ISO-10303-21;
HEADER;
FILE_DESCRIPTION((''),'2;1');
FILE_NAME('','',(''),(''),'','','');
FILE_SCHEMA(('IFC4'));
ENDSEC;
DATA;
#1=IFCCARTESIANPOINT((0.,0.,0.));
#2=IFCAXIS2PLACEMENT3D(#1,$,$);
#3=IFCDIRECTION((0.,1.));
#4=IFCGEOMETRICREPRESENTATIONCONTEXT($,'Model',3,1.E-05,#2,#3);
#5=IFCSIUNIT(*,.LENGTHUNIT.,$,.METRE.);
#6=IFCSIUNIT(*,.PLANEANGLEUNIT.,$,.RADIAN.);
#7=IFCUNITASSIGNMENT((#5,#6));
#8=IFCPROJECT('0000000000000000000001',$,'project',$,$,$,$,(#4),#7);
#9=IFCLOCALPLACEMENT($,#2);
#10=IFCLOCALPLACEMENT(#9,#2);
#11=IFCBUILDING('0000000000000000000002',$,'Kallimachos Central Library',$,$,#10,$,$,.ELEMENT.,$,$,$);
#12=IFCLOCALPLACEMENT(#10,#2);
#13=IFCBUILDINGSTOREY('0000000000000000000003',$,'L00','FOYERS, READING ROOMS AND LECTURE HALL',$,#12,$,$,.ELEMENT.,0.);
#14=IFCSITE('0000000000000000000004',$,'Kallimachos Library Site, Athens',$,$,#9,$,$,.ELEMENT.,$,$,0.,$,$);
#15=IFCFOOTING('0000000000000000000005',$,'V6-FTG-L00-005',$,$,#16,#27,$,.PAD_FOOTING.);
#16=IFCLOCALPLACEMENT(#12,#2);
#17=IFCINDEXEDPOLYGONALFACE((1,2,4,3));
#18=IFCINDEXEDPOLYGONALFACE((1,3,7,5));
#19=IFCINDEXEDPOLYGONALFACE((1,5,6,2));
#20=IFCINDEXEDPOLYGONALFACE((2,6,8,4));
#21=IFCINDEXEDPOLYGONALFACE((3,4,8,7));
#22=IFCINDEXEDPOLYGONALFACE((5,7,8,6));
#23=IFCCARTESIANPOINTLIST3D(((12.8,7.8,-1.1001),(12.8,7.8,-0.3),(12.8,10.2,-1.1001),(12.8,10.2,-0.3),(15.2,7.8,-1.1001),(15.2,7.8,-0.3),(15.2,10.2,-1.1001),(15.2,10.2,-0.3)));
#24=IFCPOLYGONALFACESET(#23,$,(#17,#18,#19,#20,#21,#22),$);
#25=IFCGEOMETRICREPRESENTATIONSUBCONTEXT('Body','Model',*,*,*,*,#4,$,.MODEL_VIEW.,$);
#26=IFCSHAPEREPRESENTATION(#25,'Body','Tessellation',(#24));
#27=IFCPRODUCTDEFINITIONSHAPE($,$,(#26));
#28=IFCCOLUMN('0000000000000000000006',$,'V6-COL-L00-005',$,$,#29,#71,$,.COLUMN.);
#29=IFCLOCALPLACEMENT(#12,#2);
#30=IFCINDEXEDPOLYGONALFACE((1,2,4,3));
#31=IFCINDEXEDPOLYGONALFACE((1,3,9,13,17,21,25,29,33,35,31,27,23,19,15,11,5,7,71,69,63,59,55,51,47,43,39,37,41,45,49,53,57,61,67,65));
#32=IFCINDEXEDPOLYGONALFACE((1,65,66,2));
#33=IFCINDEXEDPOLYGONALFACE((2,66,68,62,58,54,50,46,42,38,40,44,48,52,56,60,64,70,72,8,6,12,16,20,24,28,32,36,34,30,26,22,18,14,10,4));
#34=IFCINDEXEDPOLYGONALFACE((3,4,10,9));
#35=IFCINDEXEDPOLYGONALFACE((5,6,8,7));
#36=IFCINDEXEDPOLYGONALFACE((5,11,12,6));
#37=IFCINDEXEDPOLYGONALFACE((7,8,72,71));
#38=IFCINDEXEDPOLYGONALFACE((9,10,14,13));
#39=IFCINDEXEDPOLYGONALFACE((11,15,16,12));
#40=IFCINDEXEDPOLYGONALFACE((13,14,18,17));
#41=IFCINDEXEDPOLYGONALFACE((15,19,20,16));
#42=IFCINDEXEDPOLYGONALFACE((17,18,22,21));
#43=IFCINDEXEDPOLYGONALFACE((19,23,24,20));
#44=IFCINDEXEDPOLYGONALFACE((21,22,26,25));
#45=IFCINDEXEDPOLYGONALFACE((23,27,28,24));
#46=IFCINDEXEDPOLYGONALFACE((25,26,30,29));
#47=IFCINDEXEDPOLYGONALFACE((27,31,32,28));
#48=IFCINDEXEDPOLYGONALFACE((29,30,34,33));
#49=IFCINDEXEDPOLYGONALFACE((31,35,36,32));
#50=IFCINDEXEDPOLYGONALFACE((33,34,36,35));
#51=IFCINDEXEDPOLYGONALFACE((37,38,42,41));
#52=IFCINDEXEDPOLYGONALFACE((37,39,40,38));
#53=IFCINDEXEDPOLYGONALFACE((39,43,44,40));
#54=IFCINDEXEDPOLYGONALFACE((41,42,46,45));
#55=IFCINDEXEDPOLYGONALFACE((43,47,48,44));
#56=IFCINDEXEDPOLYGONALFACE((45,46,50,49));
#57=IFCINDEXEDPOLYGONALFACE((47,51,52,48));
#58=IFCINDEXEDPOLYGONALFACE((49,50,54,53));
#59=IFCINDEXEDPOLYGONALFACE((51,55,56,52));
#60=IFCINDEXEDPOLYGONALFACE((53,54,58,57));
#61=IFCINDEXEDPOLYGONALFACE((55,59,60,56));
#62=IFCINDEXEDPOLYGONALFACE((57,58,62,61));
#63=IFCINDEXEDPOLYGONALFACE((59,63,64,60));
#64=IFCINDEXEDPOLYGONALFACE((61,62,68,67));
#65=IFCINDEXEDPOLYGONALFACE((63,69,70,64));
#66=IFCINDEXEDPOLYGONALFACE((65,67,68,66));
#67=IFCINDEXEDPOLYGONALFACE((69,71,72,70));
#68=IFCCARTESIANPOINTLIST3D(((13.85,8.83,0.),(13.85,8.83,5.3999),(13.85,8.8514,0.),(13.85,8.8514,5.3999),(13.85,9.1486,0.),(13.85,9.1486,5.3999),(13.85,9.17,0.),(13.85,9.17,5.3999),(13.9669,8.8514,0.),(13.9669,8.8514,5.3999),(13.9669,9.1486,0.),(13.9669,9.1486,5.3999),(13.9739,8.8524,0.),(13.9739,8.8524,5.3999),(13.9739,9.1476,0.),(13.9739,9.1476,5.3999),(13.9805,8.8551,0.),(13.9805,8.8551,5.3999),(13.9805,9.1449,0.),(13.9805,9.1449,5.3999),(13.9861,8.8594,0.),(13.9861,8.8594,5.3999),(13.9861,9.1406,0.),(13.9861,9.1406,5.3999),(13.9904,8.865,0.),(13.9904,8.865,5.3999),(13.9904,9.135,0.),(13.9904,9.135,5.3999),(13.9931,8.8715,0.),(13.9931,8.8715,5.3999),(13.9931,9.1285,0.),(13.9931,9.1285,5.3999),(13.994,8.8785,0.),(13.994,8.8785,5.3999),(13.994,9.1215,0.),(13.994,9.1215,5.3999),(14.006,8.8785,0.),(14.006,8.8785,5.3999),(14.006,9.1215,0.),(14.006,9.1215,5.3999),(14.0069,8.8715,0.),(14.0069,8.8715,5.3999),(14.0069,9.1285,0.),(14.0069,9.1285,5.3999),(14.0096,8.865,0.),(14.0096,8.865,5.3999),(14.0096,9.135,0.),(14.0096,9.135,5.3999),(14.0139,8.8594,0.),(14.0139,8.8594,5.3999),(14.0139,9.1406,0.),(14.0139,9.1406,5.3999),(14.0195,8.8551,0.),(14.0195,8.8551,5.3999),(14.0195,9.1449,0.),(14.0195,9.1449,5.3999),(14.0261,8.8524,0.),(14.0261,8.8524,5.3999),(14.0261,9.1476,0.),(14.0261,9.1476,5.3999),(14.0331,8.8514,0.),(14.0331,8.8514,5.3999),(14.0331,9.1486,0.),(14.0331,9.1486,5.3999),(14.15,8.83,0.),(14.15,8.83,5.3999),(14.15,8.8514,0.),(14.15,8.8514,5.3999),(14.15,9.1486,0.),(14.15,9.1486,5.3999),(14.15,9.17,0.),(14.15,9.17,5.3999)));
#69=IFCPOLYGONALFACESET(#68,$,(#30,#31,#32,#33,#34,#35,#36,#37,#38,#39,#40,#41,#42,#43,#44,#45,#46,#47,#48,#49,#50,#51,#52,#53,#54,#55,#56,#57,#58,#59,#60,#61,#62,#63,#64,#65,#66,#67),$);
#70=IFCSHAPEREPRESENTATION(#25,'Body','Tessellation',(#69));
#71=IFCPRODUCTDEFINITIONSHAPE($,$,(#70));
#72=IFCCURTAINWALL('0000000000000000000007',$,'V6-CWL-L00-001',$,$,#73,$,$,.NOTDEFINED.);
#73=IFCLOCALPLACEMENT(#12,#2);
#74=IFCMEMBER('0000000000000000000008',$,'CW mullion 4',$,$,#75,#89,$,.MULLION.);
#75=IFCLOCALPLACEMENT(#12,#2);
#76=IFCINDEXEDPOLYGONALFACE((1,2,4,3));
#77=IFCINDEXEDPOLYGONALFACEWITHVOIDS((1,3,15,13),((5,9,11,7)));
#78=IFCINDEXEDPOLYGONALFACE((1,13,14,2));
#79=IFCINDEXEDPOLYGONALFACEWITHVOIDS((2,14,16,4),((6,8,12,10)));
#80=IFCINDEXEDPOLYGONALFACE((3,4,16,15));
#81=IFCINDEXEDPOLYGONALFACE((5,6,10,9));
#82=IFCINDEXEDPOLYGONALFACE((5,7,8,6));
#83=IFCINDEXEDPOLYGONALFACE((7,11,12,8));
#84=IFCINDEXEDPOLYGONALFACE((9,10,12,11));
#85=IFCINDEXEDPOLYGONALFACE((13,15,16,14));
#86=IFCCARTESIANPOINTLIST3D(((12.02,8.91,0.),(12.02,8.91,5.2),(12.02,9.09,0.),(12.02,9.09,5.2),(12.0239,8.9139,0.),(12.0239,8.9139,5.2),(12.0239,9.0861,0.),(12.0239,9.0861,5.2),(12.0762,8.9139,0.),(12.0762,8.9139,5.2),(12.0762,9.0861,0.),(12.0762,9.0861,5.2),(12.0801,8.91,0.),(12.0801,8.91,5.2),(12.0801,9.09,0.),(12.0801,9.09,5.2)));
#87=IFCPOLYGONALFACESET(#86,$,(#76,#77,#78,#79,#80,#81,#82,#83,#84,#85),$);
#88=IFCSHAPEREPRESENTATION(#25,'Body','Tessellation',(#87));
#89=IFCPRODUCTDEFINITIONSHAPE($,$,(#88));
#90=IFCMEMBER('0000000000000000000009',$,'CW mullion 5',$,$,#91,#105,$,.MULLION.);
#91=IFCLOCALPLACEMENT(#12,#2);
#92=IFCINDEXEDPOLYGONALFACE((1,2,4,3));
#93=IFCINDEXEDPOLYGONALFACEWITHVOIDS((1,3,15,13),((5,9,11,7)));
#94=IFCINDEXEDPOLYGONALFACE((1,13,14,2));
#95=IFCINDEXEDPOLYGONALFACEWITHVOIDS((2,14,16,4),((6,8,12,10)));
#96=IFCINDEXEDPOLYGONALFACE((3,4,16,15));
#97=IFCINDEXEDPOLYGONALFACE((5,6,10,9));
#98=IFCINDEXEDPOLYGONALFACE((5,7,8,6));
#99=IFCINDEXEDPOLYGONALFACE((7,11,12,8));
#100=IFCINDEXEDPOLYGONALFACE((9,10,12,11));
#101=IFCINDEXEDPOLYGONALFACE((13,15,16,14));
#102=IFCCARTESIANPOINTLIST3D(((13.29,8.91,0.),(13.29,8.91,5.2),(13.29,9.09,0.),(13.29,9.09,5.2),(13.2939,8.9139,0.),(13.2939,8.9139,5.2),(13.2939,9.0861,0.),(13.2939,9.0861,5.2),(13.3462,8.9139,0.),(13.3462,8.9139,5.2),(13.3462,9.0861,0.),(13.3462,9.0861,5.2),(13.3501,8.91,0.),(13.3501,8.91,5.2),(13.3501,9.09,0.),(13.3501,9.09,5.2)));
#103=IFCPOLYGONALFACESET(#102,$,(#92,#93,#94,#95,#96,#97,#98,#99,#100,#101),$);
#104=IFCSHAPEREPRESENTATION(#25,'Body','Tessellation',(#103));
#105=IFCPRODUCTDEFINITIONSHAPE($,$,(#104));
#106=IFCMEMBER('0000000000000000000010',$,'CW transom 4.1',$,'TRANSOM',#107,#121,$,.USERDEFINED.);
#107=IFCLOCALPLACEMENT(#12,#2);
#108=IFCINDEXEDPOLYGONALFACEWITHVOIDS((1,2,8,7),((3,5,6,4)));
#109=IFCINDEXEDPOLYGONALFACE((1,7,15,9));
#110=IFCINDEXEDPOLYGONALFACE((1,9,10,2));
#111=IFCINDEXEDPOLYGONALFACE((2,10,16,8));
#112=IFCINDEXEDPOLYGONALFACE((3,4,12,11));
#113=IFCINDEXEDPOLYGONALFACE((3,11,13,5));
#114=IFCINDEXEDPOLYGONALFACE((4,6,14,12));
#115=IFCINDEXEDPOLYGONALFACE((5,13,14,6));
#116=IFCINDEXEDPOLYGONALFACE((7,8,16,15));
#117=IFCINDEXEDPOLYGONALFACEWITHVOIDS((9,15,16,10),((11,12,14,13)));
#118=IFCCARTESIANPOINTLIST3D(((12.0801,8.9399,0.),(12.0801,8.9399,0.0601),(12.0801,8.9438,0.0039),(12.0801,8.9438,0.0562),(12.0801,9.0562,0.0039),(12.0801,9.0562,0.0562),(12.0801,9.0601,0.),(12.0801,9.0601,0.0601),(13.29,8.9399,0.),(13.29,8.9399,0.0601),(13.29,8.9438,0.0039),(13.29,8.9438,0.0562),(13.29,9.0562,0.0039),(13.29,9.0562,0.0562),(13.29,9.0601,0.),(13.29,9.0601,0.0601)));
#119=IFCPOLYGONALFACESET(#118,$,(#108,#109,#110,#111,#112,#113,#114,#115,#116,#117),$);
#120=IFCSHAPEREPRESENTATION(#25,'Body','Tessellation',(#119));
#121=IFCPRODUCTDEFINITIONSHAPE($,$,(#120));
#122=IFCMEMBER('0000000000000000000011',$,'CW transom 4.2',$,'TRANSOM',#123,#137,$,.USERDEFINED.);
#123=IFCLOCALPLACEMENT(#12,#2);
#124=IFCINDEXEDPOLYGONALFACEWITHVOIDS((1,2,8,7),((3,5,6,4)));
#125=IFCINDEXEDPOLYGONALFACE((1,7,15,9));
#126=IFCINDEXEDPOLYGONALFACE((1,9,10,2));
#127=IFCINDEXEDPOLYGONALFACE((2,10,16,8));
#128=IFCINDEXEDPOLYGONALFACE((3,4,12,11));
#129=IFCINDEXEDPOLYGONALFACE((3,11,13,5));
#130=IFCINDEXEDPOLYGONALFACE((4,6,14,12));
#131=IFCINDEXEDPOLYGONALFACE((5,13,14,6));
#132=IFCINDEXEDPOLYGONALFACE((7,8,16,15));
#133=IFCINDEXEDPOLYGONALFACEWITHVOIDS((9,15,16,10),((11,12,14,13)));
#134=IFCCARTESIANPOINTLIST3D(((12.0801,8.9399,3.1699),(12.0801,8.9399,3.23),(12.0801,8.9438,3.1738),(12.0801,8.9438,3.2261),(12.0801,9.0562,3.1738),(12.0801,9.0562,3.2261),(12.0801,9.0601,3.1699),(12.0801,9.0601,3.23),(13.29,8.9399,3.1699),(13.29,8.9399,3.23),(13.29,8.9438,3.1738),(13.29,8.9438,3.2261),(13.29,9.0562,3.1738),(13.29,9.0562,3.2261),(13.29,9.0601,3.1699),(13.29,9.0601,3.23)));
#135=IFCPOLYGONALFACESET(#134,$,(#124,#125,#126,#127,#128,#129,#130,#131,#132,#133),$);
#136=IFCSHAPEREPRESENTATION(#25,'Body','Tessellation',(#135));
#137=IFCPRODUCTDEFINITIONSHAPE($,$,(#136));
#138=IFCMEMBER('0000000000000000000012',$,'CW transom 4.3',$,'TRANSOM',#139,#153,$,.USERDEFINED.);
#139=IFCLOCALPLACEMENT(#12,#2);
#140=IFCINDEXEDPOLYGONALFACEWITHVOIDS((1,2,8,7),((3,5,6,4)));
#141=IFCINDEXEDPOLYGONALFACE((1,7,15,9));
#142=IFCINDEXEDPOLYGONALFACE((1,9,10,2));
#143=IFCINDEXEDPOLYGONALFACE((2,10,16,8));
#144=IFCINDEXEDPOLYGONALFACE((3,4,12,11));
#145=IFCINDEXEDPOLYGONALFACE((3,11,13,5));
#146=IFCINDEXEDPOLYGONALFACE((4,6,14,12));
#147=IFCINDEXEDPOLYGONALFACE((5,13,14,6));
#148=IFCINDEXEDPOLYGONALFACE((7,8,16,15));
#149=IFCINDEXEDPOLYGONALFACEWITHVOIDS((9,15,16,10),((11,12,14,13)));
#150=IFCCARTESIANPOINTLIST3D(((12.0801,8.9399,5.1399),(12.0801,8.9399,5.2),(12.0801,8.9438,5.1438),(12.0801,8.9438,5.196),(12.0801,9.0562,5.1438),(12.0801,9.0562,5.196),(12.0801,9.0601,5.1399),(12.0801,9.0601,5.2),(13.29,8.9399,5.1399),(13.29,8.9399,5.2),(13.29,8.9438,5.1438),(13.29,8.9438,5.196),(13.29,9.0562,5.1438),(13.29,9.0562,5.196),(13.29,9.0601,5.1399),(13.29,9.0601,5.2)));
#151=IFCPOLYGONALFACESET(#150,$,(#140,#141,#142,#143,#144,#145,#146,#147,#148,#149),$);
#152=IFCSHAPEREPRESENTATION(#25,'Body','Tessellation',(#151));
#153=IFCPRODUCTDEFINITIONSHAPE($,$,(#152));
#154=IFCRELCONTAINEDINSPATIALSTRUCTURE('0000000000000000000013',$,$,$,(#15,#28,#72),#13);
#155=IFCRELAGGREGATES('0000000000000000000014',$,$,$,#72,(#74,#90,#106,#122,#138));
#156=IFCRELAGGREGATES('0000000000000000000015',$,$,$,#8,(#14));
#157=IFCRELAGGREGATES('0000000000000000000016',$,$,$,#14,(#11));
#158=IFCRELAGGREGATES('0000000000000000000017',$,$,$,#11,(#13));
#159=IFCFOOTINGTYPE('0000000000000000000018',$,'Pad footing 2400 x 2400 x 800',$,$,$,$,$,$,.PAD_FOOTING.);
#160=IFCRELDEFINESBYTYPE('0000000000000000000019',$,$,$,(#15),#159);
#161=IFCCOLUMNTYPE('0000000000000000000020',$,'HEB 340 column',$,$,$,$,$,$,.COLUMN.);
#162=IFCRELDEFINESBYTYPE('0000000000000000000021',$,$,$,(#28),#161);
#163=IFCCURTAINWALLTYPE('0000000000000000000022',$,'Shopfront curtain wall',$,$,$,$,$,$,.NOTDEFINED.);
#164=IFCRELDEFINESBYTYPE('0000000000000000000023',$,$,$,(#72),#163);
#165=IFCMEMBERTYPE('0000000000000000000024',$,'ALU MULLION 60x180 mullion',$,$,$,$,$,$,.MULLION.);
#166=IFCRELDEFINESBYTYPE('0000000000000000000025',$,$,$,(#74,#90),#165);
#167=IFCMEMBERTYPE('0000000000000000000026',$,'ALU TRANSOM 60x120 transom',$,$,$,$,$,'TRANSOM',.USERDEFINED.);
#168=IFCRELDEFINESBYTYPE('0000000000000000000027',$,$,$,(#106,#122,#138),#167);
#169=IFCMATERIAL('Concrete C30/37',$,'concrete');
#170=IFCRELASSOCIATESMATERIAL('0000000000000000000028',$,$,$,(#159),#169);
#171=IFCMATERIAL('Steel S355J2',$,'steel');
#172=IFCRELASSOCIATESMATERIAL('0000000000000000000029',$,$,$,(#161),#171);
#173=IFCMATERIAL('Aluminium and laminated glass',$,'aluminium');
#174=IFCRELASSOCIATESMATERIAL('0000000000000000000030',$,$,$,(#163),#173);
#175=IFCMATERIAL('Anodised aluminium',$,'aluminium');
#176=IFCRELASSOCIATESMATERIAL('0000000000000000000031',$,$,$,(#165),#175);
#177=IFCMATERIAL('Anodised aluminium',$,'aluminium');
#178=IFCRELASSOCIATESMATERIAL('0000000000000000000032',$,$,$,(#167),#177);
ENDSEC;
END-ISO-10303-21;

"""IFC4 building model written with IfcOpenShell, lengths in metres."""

from ifc_helpers import new_model, si_unit, direction, frame, origin, origin_2d, place, context, subcontext, project, spatial, rectangle, hollow_rectangle, i_section, extrude, material, material_profile, profile_set, type_object, element, aggregate, save


model = new_model("IFC4")

# Units and contexts
model_context = context("Model", 3, precision=1e-05, world=origin(), true_north=direction((0.0, 1.0)))
body_context = subcontext(model_context, "Body", "Model", "MODEL_VIEW")
ifc_project = project(units=[si_unit("LENGTHUNIT", "METRE"), si_unit("PLANEANGLEUNIT", "RADIAN")], contexts=[model_context])

# Site, building, storey
site_placement = place(None, origin())
site = spatial("IfcSite", under=ifc_project, at=site_placement, Name="Kallimachos Library Site, Athens", CompositionType="ELEMENT", RefElevation=0.0)
building_placement = place(site_placement, origin())
building = spatial("IfcBuilding", under=site, at=building_placement, Name="Kallimachos Central Library", CompositionType="ELEMENT")
storey_placement = place(building_placement, origin())
storey = spatial("IfcBuildingStorey", under=building, at=storey_placement, Name="L00", Description="FOYERS, READING ROOMS AND LECTURE HALL", CompositionType="ELEMENT", Elevation=0.0)

# Footing
ifc_material_1 = material(Name="Concrete C30/37", Category="concrete")
footing_type = type_object("IfcFootingType", Name="Pad footing 2400 x 2400 x 800", PredefinedType="PAD_FOOTING", material=ifc_material_1)
footing_placement = place(storey_placement, frame((14.0, 9.0, -1.1001), z_axis=(0.0, 0.0, 1.0), x_axis=(1.0, 0.0, 0.0)))
element("IfcFooting", 1, at=footing_placement, inside=storey, type_object=footing_type, Name="V6-FTG-L00-005", PredefinedType="PAD_FOOTING", context=body_context, shape_type="SweptSolid", body=[
    extrude(rectangle(XDim=2.3999, YDim=2.3999, at=origin_2d()), origin(), (0.0, 0.0, 1.0), 0.8),
])

# Column
ifc_material_2 = material(Name="Steel S355J2", Category="steel")
ifc_material_profile_1 = material_profile(ifc_material_2, i_section(OverallWidth=0.3, OverallDepth=0.3401, WebThickness=0.012, FlangeThickness=0.0215, FilletRadius=0.0271, at=origin_2d()), Name="HEB 340")
ifc_profile_set_1 = profile_set([ifc_material_profile_1], Name="Steel S355J2")
column_type = type_object("IfcColumnType", Name="HEB 340 column", PredefinedType="COLUMN", material=ifc_profile_set_1)
column_placement = place(storey_placement, frame((14.0, 9.0, 0.0), z_axis=(0.0, 0.0, 1.0), x_axis=(1.0, 0.0, 0.0)))
element("IfcColumn", 2, at=column_placement, inside=storey, type_object=column_type, Name="V6-COL-L00-005", PredefinedType="COLUMN", context=body_context, shape_type="SweptSolid", body=[
    extrude(i_section(OverallWidth=0.3, OverallDepth=0.3401, WebThickness=0.012, FlangeThickness=0.0215, FilletRadius=0.0271, at=origin_2d()), origin(), (0.0, 0.0, 1.0), 5.3999),
])

# Curtain wall, members
ifc_material_3 = material(Name="Aluminium and laminated glass", Category="aluminium")
curtain_wall_type = type_object("IfcCurtainWallType", Name="Shopfront curtain wall", PredefinedType="NOTDEFINED", material=ifc_material_3)
curtain_wall_placement = place(storey_placement, origin())
curtain_wall = element("IfcCurtainWall", 3, at=curtain_wall_placement, inside=storey, type_object=curtain_wall_type, Name="V6-CWL-L00-001", PredefinedType="NOTDEFINED")
ifc_material_4 = material(Name="Anodised aluminium", Category="aluminium")
ifc_material_profile_2 = material_profile(ifc_material_4, hollow_rectangle(XDim=0.0601, YDim=0.1799, WallThickness=0.0039, at=origin_2d()), Name="ALU MULLION 60x180")
ifc_profile_set_2 = profile_set([ifc_material_profile_2], Name="Anodised aluminium")
member_type_1 = type_object("IfcMemberType", Name="ALU MULLION 60x180 mullion", PredefinedType="MULLION", material=ifc_profile_set_2)
member_1_placement = place(storey_placement, frame((12.05, 9.0, 0.0), z_axis=(0.0, 0.0, 1.0), x_axis=(1.0, 0.0, 0.0)))
member_1 = element("IfcMember", 4, at=member_1_placement, type_object=member_type_1, Name="CW mullion 4", PredefinedType="MULLION", context=body_context, shape_type="SweptSolid", body=[
    extrude(hollow_rectangle(XDim=0.0601, YDim=0.1799, WallThickness=0.0039, at=origin_2d()), origin(), (0.0, 0.0, 1.0), 5.2),
])
member_2_placement = place(storey_placement, frame((13.3201, 9.0, 0.0), z_axis=(0.0, 0.0, 1.0), x_axis=(1.0, 0.0, 0.0)))
member_2 = element("IfcMember", 5, at=member_2_placement, type_object=member_type_1, Name="CW mullion 5", PredefinedType="MULLION", context=body_context, shape_type="SweptSolid", body=[
    extrude(hollow_rectangle(XDim=0.0601, YDim=0.1799, WallThickness=0.0039, at=origin_2d()), origin(), (0.0, 0.0, 1.0), 5.2),
])
ifc_material_5 = material(Name="Anodised aluminium", Category="aluminium")
ifc_material_profile_3 = material_profile(ifc_material_5, hollow_rectangle(XDim=0.0601, YDim=0.1201, WallThickness=0.0039, at=origin_2d()), Name="ALU TRANSOM 60x120")
ifc_profile_set_3 = profile_set([ifc_material_profile_3], Name="Anodised aluminium")
member_type_2 = type_object("IfcMemberType", Name="ALU TRANSOM 60x120 transom", ElementType="TRANSOM", PredefinedType="USERDEFINED", material=ifc_profile_set_3)
member_3_placement = place(storey_placement, frame((12.0801, 9.0, 0.03), z_axis=(1.0, 0.0, 0.0), x_axis=(0.0, 0.0, 1.0)))
member_3 = element("IfcMember", 6, at=member_3_placement, type_object=member_type_2, Name="CW transom 4.1", ObjectType="TRANSOM", PredefinedType="USERDEFINED", context=body_context, shape_type="SweptSolid", body=[
    extrude(hollow_rectangle(XDim=0.0601, YDim=0.1201, WallThickness=0.0039, at=origin_2d()), origin(), (0.0, 0.0, 1.0), 1.21),
])
member_4_placement = place(storey_placement, frame((12.0801, 9.0, 3.2), z_axis=(1.0, 0.0, 0.0), x_axis=(0.0, 0.0, 1.0)))
member_4 = element("IfcMember", 7, at=member_4_placement, type_object=member_type_2, Name="CW transom 4.2", ObjectType="TRANSOM", PredefinedType="USERDEFINED", context=body_context, shape_type="SweptSolid", body=[
    extrude(hollow_rectangle(XDim=0.0601, YDim=0.1201, WallThickness=0.0039, at=origin_2d()), origin(), (0.0, 0.0, 1.0), 1.21),
])
member_5_placement = place(storey_placement, frame((12.0801, 9.0, 5.1699), z_axis=(1.0, 0.0, 0.0), x_axis=(0.0, 0.0, 1.0)))
member_5 = element("IfcMember", 8, at=member_5_placement, type_object=member_type_2, Name="CW transom 4.3", ObjectType="TRANSOM", PredefinedType="USERDEFINED", context=body_context, shape_type="SweptSolid", body=[
    extrude(hollow_rectangle(XDim=0.0601, YDim=0.1201, WallThickness=0.0039, at=origin_2d()), origin(), (0.0, 0.0, 1.0), 1.21),
])

aggregate(curtain_wall, [member_1, member_2, member_3, member_4, member_5])

save(model, "model.ifc")
